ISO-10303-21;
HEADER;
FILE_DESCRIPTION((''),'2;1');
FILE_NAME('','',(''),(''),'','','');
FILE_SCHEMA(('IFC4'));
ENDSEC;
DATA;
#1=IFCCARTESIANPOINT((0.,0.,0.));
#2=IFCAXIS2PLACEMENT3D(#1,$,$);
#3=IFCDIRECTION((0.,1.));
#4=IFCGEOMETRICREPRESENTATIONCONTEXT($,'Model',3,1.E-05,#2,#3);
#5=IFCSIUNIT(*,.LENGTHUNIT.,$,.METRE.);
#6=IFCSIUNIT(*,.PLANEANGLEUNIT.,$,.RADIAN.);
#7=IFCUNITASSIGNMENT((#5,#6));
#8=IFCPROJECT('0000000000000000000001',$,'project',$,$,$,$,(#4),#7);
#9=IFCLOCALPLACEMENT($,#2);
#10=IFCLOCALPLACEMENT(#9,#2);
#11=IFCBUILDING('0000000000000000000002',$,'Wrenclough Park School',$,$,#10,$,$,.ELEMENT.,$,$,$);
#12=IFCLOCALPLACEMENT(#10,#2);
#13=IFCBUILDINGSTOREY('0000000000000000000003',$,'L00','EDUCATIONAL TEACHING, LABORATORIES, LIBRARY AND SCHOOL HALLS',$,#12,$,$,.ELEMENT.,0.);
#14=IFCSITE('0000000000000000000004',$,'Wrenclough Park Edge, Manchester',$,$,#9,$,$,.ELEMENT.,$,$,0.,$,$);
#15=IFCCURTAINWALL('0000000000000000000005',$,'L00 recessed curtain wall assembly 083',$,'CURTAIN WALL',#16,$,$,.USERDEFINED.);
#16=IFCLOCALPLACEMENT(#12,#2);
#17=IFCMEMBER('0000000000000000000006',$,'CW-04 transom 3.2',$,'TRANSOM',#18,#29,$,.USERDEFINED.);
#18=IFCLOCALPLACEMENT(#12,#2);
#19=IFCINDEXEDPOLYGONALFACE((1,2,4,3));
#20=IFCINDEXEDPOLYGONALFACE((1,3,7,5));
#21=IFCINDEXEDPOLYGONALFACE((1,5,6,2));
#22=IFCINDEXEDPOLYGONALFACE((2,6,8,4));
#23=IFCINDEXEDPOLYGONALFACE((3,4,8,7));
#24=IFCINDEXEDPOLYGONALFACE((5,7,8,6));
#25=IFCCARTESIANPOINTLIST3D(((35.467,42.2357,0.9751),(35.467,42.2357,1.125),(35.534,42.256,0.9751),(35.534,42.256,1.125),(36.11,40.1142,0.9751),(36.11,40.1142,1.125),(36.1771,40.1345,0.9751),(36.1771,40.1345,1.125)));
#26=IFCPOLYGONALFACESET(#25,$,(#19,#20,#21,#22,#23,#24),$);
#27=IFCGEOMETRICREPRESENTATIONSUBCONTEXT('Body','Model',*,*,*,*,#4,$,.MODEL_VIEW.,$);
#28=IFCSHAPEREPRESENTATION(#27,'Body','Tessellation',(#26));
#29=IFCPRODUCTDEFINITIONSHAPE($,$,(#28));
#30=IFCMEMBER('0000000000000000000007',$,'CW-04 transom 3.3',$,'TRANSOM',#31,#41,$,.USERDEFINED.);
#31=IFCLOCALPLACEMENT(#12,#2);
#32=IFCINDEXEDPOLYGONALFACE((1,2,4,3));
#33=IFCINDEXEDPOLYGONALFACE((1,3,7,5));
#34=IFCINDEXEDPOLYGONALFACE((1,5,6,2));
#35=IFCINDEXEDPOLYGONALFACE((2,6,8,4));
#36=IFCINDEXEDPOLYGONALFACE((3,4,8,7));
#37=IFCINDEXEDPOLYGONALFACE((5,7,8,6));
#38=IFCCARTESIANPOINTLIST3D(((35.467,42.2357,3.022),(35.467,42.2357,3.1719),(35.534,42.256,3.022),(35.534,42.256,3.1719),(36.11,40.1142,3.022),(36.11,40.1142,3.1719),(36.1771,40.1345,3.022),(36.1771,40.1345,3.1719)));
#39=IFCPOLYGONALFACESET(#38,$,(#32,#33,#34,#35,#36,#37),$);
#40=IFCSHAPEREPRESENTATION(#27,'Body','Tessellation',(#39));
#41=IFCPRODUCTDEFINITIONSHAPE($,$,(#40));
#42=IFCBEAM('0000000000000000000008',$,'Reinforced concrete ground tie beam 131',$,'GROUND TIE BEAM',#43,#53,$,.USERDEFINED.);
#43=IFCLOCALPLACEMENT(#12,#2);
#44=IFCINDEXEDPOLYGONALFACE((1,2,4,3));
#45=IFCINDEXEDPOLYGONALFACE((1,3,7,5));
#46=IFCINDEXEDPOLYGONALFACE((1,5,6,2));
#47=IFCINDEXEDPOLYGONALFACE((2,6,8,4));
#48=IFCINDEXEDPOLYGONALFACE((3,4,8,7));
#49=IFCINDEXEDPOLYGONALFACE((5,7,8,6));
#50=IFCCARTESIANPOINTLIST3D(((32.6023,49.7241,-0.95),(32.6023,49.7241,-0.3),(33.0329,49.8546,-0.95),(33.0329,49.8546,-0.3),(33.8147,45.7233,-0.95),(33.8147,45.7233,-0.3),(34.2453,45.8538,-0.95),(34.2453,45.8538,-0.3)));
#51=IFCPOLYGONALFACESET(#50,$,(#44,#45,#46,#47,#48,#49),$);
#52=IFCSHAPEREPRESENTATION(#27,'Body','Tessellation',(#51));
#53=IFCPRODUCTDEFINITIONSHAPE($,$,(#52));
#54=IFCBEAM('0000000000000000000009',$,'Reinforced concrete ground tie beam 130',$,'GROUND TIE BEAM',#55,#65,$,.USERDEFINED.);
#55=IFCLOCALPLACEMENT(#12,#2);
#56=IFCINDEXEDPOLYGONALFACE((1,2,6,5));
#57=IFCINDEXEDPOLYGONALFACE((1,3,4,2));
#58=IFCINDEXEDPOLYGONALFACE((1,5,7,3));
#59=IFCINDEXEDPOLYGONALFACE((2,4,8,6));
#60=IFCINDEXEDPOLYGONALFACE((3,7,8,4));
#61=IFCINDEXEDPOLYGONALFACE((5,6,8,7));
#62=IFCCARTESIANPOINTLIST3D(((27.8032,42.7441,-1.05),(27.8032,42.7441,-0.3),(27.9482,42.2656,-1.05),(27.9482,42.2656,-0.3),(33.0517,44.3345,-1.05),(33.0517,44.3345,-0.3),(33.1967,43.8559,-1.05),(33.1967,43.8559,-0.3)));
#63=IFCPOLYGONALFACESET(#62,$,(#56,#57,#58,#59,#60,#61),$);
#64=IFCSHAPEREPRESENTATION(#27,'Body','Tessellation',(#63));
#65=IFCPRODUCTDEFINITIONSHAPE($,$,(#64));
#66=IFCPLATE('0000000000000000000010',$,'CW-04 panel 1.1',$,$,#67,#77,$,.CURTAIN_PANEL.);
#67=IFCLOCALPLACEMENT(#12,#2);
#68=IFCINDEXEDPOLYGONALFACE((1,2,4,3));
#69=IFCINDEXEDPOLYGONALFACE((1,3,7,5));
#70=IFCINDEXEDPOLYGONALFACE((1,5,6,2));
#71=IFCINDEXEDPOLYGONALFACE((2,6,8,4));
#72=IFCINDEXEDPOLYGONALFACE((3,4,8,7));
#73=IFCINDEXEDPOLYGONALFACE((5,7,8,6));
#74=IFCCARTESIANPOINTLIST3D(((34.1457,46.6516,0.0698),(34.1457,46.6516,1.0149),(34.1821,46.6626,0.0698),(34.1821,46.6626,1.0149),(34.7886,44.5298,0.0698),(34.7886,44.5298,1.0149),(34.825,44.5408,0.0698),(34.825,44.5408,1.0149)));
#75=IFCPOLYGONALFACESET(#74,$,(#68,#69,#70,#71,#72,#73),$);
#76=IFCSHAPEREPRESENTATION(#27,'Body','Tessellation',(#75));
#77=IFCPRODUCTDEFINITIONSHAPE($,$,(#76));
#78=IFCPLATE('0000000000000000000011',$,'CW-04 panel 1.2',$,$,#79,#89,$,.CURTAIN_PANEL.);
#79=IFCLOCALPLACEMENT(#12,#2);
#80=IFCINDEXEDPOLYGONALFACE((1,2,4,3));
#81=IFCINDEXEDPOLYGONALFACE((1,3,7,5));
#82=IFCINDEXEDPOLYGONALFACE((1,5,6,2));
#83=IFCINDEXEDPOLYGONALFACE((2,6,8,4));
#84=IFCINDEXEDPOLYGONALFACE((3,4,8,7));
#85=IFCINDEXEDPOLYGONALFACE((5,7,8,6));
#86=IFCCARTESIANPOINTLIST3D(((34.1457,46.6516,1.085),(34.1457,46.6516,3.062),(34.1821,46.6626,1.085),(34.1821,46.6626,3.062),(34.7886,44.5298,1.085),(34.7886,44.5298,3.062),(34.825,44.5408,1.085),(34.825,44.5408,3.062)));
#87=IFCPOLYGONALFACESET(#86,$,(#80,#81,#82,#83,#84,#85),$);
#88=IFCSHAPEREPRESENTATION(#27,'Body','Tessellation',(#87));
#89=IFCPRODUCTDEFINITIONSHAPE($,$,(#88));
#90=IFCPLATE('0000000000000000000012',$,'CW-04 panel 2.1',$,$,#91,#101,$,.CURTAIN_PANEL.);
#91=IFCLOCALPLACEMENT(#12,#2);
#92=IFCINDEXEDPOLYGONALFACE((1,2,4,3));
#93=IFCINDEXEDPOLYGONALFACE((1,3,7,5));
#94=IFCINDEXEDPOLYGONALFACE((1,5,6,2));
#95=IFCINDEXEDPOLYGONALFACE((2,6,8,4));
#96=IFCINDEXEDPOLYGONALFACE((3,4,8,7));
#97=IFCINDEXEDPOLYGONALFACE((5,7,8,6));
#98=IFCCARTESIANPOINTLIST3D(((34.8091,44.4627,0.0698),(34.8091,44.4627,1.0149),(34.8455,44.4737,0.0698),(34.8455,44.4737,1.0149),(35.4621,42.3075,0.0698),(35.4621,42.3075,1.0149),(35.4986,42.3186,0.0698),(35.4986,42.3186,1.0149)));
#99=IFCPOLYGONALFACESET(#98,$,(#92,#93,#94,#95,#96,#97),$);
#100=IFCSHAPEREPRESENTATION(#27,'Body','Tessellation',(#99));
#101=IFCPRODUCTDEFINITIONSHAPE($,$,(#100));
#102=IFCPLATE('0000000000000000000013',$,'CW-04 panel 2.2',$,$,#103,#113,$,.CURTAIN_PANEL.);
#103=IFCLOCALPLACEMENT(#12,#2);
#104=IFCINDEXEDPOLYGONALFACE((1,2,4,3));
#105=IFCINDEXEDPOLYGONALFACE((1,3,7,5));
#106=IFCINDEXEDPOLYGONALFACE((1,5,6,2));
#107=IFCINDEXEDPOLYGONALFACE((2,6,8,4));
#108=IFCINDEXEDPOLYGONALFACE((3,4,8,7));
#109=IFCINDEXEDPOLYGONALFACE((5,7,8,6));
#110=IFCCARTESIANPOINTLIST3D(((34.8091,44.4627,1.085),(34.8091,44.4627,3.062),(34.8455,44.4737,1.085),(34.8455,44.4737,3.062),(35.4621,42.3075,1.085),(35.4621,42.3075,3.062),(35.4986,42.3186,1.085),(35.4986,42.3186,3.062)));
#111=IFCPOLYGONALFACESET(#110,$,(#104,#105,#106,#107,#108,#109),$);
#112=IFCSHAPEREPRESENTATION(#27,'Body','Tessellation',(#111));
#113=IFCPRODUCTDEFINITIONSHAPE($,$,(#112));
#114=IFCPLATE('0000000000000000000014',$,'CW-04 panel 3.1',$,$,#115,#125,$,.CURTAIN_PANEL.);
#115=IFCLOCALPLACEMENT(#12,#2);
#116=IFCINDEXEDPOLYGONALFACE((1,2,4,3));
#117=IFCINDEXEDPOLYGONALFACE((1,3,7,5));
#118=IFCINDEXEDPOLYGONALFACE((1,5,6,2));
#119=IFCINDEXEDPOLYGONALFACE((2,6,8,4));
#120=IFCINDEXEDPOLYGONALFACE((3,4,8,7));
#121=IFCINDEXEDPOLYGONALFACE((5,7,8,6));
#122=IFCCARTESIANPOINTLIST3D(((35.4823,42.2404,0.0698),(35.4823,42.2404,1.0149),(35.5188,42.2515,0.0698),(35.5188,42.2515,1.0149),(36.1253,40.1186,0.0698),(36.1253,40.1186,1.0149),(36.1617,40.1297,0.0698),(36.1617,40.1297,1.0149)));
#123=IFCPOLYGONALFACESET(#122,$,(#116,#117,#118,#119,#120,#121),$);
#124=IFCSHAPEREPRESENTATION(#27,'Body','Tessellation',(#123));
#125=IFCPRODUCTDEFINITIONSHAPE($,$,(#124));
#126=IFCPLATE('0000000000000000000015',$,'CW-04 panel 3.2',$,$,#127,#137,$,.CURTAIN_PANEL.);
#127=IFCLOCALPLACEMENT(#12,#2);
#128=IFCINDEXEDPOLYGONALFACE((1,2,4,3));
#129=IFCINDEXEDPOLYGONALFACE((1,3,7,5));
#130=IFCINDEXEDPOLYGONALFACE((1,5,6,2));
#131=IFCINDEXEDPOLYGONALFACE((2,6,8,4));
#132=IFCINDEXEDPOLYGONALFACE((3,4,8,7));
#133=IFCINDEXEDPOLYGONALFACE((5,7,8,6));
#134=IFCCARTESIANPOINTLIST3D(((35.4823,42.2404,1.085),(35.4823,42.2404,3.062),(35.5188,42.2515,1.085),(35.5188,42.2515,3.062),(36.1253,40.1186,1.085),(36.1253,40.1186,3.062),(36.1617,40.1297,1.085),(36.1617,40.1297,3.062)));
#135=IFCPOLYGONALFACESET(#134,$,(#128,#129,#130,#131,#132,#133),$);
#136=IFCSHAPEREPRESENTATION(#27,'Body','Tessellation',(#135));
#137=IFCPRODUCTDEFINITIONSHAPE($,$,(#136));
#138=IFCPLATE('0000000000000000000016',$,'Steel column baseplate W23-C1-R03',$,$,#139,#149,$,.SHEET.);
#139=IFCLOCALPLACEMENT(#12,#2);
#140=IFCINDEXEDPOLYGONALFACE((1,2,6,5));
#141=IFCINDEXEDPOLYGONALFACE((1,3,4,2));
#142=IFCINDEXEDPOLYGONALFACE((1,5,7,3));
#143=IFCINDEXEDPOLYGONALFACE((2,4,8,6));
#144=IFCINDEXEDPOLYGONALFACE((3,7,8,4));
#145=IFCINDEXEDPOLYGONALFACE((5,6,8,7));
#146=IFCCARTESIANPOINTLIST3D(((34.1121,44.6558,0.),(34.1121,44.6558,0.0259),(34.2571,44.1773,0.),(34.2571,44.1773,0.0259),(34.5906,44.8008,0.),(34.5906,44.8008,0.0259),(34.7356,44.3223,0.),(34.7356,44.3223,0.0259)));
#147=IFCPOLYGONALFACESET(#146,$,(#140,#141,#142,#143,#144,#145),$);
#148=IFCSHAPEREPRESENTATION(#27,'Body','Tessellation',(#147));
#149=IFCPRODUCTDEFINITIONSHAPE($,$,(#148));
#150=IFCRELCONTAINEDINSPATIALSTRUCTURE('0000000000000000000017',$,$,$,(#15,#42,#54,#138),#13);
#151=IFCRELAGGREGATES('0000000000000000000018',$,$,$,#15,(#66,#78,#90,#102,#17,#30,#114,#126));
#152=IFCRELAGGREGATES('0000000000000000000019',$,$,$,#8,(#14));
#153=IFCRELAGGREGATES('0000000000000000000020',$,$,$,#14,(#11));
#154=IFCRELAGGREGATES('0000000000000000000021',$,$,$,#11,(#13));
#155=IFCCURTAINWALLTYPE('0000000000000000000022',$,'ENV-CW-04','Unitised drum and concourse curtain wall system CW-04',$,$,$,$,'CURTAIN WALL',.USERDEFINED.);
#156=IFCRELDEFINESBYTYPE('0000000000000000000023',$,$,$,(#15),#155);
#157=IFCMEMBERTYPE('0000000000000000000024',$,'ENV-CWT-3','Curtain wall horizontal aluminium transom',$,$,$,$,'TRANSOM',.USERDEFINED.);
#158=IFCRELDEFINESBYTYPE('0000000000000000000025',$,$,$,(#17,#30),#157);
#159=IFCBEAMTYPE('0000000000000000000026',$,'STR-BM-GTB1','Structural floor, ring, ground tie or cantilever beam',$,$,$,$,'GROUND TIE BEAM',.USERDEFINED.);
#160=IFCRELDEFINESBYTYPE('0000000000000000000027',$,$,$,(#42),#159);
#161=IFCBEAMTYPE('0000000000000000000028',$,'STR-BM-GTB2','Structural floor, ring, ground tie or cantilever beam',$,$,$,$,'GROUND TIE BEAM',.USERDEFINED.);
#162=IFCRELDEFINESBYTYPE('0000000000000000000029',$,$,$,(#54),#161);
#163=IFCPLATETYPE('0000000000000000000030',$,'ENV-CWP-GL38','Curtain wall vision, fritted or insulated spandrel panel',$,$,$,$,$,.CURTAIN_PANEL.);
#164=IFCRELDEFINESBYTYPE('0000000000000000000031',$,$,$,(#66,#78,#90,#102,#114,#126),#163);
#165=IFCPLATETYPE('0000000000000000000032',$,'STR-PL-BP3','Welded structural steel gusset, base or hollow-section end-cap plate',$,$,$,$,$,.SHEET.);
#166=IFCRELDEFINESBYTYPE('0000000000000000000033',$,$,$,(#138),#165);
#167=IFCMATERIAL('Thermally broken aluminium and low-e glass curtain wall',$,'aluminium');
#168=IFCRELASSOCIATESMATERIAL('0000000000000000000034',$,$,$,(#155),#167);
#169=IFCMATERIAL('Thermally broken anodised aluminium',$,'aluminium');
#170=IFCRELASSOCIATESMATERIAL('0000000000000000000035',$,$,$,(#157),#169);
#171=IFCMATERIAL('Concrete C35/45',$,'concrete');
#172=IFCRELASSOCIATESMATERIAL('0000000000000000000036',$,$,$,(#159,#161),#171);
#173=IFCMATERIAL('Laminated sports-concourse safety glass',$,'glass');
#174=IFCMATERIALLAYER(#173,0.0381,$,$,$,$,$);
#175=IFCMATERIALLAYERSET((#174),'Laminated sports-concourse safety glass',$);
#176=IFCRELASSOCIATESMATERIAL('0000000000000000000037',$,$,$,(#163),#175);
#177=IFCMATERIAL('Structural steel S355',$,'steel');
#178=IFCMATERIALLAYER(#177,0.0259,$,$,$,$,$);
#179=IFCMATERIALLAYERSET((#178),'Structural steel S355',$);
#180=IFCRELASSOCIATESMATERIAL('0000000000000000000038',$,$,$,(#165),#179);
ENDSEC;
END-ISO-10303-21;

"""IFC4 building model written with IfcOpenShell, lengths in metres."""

from ifc_helpers import new_model, si_unit, direction, frame, origin, origin_2d, place, context, subcontext, project, spatial, rectangle, extrude, material, layer, layer_set, material_profile, profile_set, type_object, element, aggregate, save


model = new_model("IFC4")

# Units and contexts
model_context = context("Model", 3, precision=1e-05, world=origin(), true_north=direction((0.0, 1.0)))
body_context = subcontext(model_context, "Body", "Model", "MODEL_VIEW")
ifc_project = project(units=[si_unit("LENGTHUNIT", "METRE"), si_unit("PLANEANGLEUNIT", "RADIAN")], contexts=[model_context])

# Site, building, storey
site_placement = place(None, origin())
site = spatial("IfcSite", under=ifc_project, at=site_placement, Name="Wrenclough Park Edge, Manchester", CompositionType="ELEMENT", RefElevation=0.0)
building_placement = place(site_placement, origin())
building = spatial("IfcBuilding", under=site, at=building_placement, Name="Wrenclough Park School", CompositionType="ELEMENT")
storey_placement = place(building_placement, origin())
storey = spatial("IfcBuildingStorey", under=building, at=storey_placement, Name="L00", Description="EDUCATIONAL TEACHING, LABORATORIES, LIBRARY AND SCHOOL HALLS", CompositionType="ELEMENT", Elevation=0.0)

# Shared definitions
ifc_material_1 = material(Name="Concrete C35/45", Category="concrete")

# Shared definitions
ifc_material_2 = material(Name="Structural steel S355", Category="steel")

# Curtain wall, members
ifc_material_3 = material(Name="Thermally broken aluminium and low-e glass curtain wall", Category="aluminium")
curtain_wall_type = type_object("IfcCurtainWallType", Name="ENV-CW-04", Description="Unitised drum and concourse curtain wall system CW-04", ElementType="CURTAIN WALL", PredefinedType="USERDEFINED", material=ifc_material_3)
curtain_wall_placement = place(storey_placement, origin())
curtain_wall = element("IfcCurtainWall", 1, at=curtain_wall_placement, inside=storey, type_object=curtain_wall_type, Name="L00 recessed curtain wall assembly 083", ObjectType="CURTAIN WALL", PredefinedType="USERDEFINED")
ifc_material_4 = material(Name="Thermally broken anodised aluminium", Category="aluminium")
ifc_material_profile_1 = material_profile(ifc_material_4, rectangle(XDim=0.0701, YDim=0.1499, at=origin_2d()), Name="AL TRANSOM 70x150")
ifc_profile_set_1 = profile_set([ifc_material_profile_1], Name="Thermally broken anodised aluminium")
member_type_1 = type_object("IfcMemberType", Name="ENV-CWT-3", Description="Curtain wall horizontal aluminium transom", ElementType="TRANSOM", PredefinedType="USERDEFINED", material=ifc_profile_set_1)
member_1_placement = place(storey_placement, frame((35.5005, 42.2458, 1.05), z_axis=(0.290075, -0.957004, 0.0), x_axis=(0.957004, 0.290075, 0.0)))
member_1 = element("IfcMember", 2, at=member_1_placement, type_object=member_type_1, Name="CW-04 transom 3.2", ObjectType="TRANSOM", PredefinedType="USERDEFINED", context=body_context, shape_type="SweptSolid", body=[
    extrude(rectangle(XDim=0.0701, YDim=0.1499, at=origin_2d()), origin(), (0.0, 0.0, 1.0), 2.2168),
])
member_2_placement = place(storey_placement, frame((35.5005, 42.2458, 3.0969), z_axis=(0.290075, -0.957004, 0.0), x_axis=(0.957004, 0.290075, 0.0)))
member_2 = element("IfcMember", 3, at=member_2_placement, type_object=member_type_1, Name="CW-04 transom 3.3", ObjectType="TRANSOM", PredefinedType="USERDEFINED", context=body_context, shape_type="SweptSolid", body=[
    extrude(rectangle(XDim=0.0701, YDim=0.1499, at=origin_2d()), origin(), (0.0, 0.0, 1.0), 2.2168),
])

# Beams
ifc_material_profile_2 = material_profile(ifc_material_1, rectangle(XDim=0.45, YDim=0.6499, at=origin_2d()), Name="RC GROUND 450x650")
ifc_profile_set_2 = profile_set([ifc_material_profile_2], Name="Concrete C35/45")
beam_type_1 = type_object("IfcBeamType", Name="STR-BM-GTB1", Description="Structural floor, ring, ground tie or cantilever beam", ElementType="GROUND TIE BEAM", PredefinedType="USERDEFINED", material=ifc_profile_set_2)
beam_1_placement = place(storey_placement, frame((34.03, 45.7886, -0.625), z_axis=(-0.29002, 0.95702, 0.0), x_axis=(-0.95702, -0.29002, 0.0)))
element("IfcBeam", 4, at=beam_1_placement, inside=storey, type_object=beam_type_1, Name="Reinforced concrete ground tie beam 131", ObjectType="GROUND TIE BEAM", PredefinedType="USERDEFINED", context=body_context, shape_type="SweptSolid", body=[
    extrude(rectangle(XDim=0.45, YDim=0.6499, at=origin_2d()), origin(), (0.0, 0.0, 1.0), 4.1804),
])
ifc_material_profile_3 = material_profile(ifc_material_1, rectangle(XDim=0.5, YDim=0.75, at=origin_2d()), Name="RC GROUND 500x750")
ifc_profile_set_3 = profile_set([ifc_material_profile_3], Name="Concrete C35/45")
beam_type_2 = type_object("IfcBeamType", Name="STR-BM-GTB2", Description="Structural floor, ring, ground tie or cantilever beam", ElementType="GROUND TIE BEAM", PredefinedType="USERDEFINED", material=ifc_profile_set_3)
beam_2_placement = place(storey_placement, frame((27.8757, 42.5049, -0.675), z_axis=(0.957031, 0.289985, 0.0), x_axis=(-0.289985, 0.957031, 0.0)))
element("IfcBeam", 5, at=beam_2_placement, inside=storey, type_object=beam_type_2, Name="Reinforced concrete ground tie beam 130", ObjectType="GROUND TIE BEAM", PredefinedType="USERDEFINED", context=body_context, shape_type="SweptSolid", body=[
    extrude(rectangle(XDim=0.5, YDim=0.75, at=origin_2d()), origin(), (0.0, 0.0, 1.0), 5.4841),
])

# Plates
ifc_material_5 = material(Name="Laminated sports-concourse safety glass", Category="glass")
ifc_layer_1 = layer(ifc_material_5, 0.0381)
ifc_layer_set_1 = layer_set([ifc_layer_1], Name="Laminated sports-concourse safety glass")
plate_type_1 = type_object("IfcPlateType", Name="ENV-CWP-GL38", Description="Curtain wall vision, fritted or insulated spandrel panel", PredefinedType="CURTAIN_PANEL", material=ifc_layer_set_1)
plate_1_placement = place(storey_placement, frame((34.4854, 45.5962, 0.0698), z_axis=(0.0, 0.0, 1.0), x_axis=(0.289989, -0.95703, 0.0)))
plate_1 = element("IfcPlate", 6, at=plate_1_placement, type_object=plate_type_1, Name="CW-04 panel 1.1", PredefinedType="CURTAIN_PANEL", context=body_context, shape_type="SweptSolid", body=[
    extrude(rectangle(XDim=2.217, YDim=0.0381, at=origin_2d()), origin(), (0.0, 0.0, 1.0), 0.9451),
])
plate_2_placement = place(storey_placement, frame((34.4854, 45.5962, 1.085), z_axis=(0.0, 0.0, 1.0), x_axis=(0.289989, -0.95703, 0.0)))
plate_2 = element("IfcPlate", 7, at=plate_2_placement, type_object=plate_type_1, Name="CW-04 panel 1.2", PredefinedType="CURTAIN_PANEL", context=body_context, shape_type="SweptSolid", body=[
    extrude(rectangle(XDim=2.217, YDim=0.0381, at=origin_2d()), origin(), (0.0, 0.0, 1.0), 1.9771),
])
plate_3_placement = place(storey_placement, frame((35.1538, 43.3906, 0.0698), z_axis=(0.0, 0.0, 1.0), x_axis=(0.289989, -0.95703, 0.0)))
plate_3 = element("IfcPlate", 8, at=plate_3_placement, type_object=plate_type_1, Name="CW-04 panel 2.1", PredefinedType="CURTAIN_PANEL", context=body_context, shape_type="SweptSolid", body=[
    extrude(rectangle(XDim=2.252, YDim=0.0381, at=origin_2d()), origin(), (0.0, 0.0, 1.0), 0.9451),
])
plate_4_placement = place(storey_placement, frame((35.1538, 43.3906, 1.085), z_axis=(0.0, 0.0, 1.0), x_axis=(0.289989, -0.95703, 0.0)))
plate_4 = element("IfcPlate", 9, at=plate_4_placement, type_object=plate_type_1, Name="CW-04 panel 2.2", PredefinedType="CURTAIN_PANEL", context=body_context, shape_type="SweptSolid", body=[
    extrude(rectangle(XDim=2.252, YDim=0.0381, at=origin_2d()), origin(), (0.0, 0.0, 1.0), 1.9771),
])
plate_5_placement = place(storey_placement, frame((35.822, 41.1851, 0.0698), z_axis=(0.0, 0.0, 1.0), x_axis=(0.289989, -0.95703, 0.0)))
plate_5 = element("IfcPlate", 10, at=plate_5_placement, type_object=plate_type_1, Name="CW-04 panel 3.1", PredefinedType="CURTAIN_PANEL", context=body_context, shape_type="SweptSolid", body=[
    extrude(rectangle(XDim=2.217, YDim=0.0381, at=origin_2d()), origin(), (0.0, 0.0, 1.0), 0.9451),
])
plate_6_placement = place(storey_placement, frame((35.822, 41.1851, 1.085), z_axis=(0.0, 0.0, 1.0), x_axis=(0.289989, -0.95703, 0.0)))
plate_6 = element("IfcPlate", 11, at=plate_6_placement, type_object=plate_type_1, Name="CW-04 panel 3.2", PredefinedType="CURTAIN_PANEL", context=body_context, shape_type="SweptSolid", body=[
    extrude(rectangle(XDim=2.217, YDim=0.0381, at=origin_2d()), origin(), (0.0, 0.0, 1.0), 1.9771),
])
aggregate(curtain_wall, [plate_1, plate_2, plate_3, plate_4, member_1, member_2, plate_5, plate_6])
ifc_layer_2 = layer(ifc_material_2, 0.0259)
ifc_layer_set_2 = layer_set([ifc_layer_2], Name="Structural steel S355")
plate_type_2 = type_object("IfcPlateType", Name="STR-PL-BP3", Description="Welded structural steel gusset, base or hollow-section end-cap plate", PredefinedType="SHEET", material=ifc_layer_set_2)
plate_7_placement = place(storey_placement, frame((34.4238, 44.489, 0.0), z_axis=(0.0, 0.0, 1.0), x_axis=(-0.290034, 0.957016, 0.0)))
element("IfcPlate", 12, at=plate_7_placement, inside=storey, type_object=plate_type_2, Name="Steel column baseplate W23-C1-R03", PredefinedType="SHEET", context=body_context, shape_type="SweptSolid", body=[
    extrude(rectangle(XDim=0.5, YDim=0.5, at=origin_2d()), origin(), (0.0, 0.0, 1.0), 0.0259),
])

save(model, "model.ifc")
